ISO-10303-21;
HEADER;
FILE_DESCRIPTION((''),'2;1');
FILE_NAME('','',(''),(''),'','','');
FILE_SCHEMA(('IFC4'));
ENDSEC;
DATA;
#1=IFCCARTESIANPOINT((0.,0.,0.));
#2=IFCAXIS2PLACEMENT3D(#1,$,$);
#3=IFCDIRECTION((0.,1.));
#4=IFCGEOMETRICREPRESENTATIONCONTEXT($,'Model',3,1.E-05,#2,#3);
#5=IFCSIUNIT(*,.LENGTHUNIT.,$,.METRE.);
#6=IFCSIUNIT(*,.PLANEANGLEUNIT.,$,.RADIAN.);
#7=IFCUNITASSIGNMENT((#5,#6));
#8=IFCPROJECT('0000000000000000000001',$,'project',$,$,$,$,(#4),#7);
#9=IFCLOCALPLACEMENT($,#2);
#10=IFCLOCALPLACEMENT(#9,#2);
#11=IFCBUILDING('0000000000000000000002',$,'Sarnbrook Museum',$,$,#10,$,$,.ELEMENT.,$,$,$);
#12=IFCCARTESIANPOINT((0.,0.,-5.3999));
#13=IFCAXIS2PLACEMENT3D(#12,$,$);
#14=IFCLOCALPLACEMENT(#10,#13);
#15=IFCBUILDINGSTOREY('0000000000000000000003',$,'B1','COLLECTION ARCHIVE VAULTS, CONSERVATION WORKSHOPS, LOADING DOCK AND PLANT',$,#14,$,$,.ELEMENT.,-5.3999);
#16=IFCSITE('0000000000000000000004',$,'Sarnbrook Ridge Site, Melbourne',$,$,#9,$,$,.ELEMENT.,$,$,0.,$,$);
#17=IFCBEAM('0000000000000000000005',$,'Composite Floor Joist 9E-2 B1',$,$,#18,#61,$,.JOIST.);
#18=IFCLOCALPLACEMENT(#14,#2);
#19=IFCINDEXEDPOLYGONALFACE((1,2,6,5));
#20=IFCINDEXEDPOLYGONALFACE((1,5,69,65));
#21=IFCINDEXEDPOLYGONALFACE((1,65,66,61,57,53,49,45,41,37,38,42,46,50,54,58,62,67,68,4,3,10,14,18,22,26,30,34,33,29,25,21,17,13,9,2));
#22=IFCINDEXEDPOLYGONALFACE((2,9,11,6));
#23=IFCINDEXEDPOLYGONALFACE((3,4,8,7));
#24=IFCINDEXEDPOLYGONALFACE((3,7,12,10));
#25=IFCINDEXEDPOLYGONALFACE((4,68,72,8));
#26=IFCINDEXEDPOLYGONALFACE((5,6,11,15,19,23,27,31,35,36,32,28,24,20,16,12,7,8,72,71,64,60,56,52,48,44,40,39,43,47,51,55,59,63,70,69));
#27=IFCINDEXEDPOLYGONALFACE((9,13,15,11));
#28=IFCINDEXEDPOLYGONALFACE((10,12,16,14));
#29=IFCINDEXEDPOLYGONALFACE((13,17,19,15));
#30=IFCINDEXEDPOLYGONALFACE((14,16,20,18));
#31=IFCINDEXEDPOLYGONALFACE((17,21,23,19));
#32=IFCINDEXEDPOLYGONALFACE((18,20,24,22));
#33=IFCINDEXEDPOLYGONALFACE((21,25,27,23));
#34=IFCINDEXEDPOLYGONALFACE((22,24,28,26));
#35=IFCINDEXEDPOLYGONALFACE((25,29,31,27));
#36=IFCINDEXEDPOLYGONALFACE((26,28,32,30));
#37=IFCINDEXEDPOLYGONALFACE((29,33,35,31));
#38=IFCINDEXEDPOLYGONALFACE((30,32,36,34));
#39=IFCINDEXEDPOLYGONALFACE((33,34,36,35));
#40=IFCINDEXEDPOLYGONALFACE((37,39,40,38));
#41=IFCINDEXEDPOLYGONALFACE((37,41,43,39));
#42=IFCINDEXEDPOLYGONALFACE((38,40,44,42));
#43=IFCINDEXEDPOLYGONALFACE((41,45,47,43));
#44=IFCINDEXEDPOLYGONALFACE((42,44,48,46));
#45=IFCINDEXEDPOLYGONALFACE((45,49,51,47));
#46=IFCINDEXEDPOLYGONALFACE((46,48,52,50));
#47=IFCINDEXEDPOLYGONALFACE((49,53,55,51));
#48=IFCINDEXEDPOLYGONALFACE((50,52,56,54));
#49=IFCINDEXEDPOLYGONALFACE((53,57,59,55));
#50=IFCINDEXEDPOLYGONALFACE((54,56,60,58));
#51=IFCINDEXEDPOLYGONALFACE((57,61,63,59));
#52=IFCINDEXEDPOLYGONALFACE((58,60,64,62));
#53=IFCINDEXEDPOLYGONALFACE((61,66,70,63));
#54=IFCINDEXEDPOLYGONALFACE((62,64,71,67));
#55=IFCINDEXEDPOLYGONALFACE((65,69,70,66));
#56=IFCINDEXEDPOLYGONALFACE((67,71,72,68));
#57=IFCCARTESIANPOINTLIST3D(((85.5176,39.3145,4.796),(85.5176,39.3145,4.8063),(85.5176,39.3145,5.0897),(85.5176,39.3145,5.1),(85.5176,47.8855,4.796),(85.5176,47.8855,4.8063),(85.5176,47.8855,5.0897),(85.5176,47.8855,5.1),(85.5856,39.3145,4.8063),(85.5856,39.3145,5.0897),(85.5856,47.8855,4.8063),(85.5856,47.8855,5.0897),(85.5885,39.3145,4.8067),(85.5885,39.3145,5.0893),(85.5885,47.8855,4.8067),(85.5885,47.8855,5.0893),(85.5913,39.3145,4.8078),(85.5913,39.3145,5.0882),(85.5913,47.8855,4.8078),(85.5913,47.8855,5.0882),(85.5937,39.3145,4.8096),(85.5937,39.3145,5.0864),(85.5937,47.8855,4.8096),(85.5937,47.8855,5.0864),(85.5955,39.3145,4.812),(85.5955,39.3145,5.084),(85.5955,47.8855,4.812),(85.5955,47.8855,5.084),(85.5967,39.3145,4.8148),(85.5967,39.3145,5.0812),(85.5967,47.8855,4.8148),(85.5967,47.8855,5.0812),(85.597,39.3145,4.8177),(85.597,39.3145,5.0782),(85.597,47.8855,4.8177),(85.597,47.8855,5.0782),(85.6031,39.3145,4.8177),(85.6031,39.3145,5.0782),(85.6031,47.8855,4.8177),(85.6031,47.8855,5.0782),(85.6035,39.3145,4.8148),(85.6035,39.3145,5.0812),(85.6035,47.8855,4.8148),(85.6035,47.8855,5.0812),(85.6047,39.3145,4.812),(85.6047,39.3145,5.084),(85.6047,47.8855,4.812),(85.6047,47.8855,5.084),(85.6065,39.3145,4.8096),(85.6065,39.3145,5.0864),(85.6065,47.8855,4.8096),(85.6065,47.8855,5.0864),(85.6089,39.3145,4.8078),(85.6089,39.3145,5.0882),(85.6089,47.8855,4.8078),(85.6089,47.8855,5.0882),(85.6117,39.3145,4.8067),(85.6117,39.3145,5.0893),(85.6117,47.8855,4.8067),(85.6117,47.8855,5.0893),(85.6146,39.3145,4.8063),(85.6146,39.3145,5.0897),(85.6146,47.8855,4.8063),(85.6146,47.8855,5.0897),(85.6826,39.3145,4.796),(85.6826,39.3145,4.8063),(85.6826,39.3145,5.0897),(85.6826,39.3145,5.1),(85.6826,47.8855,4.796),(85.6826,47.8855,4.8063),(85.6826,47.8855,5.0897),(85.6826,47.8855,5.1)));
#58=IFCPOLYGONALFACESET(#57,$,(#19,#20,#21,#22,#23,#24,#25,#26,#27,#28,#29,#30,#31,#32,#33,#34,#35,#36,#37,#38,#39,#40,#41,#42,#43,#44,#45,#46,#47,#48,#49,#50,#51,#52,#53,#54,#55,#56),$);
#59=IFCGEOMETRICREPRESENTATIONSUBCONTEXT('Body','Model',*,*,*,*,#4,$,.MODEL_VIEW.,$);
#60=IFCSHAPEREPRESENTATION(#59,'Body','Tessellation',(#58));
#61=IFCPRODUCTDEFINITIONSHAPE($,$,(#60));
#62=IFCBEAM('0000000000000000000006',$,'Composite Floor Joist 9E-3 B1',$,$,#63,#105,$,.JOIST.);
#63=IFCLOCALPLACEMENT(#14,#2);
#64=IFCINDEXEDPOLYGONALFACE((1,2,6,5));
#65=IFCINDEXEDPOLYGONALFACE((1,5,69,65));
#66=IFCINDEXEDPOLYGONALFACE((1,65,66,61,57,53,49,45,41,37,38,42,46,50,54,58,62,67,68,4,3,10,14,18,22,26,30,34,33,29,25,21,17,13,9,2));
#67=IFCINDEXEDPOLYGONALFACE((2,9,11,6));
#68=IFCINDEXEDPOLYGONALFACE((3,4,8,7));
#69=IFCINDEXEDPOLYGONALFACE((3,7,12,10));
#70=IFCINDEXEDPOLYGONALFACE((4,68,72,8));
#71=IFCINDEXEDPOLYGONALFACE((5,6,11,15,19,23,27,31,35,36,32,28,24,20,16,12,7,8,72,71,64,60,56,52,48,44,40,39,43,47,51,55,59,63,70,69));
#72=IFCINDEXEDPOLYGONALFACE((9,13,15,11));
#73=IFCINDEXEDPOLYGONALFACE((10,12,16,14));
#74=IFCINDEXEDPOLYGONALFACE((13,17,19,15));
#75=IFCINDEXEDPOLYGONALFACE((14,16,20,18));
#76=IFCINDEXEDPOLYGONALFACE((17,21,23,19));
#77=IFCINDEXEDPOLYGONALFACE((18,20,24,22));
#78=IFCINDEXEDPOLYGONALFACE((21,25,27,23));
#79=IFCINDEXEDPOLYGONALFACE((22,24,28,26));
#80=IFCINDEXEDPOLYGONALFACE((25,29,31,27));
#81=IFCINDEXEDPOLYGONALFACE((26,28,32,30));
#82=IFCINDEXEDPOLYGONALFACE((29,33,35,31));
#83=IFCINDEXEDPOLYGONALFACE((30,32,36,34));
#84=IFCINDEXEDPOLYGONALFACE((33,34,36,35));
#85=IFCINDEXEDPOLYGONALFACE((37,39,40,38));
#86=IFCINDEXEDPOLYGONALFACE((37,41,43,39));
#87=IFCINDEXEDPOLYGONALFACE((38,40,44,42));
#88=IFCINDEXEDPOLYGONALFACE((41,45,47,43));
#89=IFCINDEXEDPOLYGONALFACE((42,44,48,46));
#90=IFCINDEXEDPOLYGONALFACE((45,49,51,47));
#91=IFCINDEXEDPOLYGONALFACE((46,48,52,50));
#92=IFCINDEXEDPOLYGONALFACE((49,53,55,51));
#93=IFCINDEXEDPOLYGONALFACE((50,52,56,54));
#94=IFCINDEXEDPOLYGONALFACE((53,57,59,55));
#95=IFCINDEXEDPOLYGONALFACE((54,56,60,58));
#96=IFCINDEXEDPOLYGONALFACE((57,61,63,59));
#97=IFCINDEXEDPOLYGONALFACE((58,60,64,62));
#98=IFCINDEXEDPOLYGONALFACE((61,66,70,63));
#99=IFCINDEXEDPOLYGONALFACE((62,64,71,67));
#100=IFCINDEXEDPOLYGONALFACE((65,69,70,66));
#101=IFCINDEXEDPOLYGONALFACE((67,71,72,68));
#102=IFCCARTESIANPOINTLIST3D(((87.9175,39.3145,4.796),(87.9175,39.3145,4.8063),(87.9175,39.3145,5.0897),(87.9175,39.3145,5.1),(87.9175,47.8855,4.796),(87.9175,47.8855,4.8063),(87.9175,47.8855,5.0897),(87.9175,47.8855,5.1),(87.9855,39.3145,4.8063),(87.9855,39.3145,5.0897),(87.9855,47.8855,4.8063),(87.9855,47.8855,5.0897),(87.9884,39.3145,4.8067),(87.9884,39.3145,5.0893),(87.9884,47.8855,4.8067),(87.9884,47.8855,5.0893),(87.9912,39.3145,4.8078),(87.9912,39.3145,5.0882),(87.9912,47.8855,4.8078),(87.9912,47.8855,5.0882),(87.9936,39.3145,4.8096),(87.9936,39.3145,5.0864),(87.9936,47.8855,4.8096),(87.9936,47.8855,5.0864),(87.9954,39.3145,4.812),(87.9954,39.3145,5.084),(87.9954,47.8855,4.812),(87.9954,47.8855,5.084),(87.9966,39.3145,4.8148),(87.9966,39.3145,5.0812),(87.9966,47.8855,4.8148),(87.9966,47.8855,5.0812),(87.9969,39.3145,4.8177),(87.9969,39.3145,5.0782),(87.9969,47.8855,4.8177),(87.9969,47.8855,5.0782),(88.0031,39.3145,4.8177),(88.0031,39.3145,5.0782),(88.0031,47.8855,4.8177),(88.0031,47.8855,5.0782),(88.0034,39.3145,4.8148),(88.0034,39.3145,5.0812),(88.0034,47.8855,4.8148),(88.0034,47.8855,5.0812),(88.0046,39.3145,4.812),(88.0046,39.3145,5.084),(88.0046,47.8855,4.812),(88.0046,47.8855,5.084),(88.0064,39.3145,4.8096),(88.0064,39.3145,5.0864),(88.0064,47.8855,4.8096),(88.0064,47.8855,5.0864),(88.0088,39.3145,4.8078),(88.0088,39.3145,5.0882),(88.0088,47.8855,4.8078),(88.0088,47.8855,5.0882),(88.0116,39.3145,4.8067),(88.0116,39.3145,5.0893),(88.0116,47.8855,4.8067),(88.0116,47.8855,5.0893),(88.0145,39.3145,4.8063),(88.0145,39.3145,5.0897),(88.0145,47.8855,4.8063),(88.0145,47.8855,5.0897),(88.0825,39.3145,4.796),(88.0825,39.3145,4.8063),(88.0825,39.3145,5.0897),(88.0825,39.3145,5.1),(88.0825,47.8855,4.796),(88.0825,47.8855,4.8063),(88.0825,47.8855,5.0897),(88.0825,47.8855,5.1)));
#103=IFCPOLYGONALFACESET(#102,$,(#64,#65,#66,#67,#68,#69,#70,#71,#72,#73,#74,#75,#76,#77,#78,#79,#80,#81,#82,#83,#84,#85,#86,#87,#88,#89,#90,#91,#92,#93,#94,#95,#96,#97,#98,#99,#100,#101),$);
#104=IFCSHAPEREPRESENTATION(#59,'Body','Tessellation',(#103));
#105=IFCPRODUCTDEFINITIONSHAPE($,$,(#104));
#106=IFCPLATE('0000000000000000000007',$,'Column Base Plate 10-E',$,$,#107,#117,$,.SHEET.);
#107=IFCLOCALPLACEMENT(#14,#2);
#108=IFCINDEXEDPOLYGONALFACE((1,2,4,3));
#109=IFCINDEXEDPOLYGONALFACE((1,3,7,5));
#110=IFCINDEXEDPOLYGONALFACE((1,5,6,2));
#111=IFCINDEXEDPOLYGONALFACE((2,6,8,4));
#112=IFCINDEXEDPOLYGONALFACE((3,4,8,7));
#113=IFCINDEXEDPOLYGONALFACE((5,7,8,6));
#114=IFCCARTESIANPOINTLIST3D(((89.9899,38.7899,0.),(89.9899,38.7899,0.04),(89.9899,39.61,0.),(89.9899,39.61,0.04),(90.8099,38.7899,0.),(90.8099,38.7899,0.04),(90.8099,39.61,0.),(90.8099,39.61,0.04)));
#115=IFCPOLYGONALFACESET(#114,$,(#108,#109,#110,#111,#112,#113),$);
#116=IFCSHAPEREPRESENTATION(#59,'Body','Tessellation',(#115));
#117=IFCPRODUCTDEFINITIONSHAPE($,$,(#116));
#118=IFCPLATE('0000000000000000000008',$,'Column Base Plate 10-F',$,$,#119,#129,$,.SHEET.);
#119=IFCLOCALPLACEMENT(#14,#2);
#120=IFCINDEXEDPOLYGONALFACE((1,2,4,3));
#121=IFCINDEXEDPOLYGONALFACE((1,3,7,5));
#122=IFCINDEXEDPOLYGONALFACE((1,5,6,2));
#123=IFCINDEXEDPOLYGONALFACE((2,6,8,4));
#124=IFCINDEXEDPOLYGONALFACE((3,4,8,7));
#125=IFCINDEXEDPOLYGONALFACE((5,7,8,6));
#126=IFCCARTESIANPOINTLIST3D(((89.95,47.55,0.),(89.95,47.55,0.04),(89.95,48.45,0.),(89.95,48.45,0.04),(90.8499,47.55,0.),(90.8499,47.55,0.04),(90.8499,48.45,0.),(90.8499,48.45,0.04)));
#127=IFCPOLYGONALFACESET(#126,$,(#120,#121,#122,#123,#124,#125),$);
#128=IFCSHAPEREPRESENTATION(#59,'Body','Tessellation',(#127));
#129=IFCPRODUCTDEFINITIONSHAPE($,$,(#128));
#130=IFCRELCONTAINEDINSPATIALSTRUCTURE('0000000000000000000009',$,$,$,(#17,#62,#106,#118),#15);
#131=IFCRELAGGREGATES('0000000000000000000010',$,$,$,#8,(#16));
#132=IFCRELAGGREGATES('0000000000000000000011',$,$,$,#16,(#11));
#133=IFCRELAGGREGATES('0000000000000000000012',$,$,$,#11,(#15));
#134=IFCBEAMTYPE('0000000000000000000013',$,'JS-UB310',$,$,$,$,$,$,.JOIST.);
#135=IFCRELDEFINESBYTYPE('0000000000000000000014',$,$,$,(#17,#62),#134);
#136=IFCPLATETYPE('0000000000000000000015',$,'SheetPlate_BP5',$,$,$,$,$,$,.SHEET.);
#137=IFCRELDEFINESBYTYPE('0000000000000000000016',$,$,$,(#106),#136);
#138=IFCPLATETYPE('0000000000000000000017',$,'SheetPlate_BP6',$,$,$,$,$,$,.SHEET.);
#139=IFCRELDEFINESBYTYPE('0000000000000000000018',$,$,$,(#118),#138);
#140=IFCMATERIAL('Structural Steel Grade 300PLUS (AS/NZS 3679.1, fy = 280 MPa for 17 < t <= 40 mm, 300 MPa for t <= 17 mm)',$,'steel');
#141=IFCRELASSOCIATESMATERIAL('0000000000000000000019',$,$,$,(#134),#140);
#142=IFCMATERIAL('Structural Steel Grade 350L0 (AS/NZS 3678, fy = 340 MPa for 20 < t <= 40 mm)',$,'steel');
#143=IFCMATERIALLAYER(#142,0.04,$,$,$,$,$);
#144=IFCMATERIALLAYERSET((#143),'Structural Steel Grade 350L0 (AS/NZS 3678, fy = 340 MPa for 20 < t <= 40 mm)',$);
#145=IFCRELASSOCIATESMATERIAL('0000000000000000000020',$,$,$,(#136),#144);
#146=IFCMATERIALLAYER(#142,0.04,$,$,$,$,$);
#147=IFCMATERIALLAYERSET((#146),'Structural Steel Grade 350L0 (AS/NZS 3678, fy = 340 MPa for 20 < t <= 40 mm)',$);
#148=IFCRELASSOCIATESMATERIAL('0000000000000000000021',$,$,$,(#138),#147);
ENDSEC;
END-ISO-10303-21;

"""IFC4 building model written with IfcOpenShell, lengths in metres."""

from ifc_helpers import new_model, si_unit, direction, frame, origin, origin_2d, place, context, subcontext, project, spatial, rectangle, i_section, extrude, material, layer, layer_set, material_profile, profile_set, type_object, element, save


model = new_model("IFC4")

# Units and contexts
model_context = context("Model", 3, precision=1e-05, world=origin(), true_north=direction((0.0, 1.0)))
body_context = subcontext(model_context, "Body", "Model", "MODEL_VIEW")
ifc_project = project(units=[si_unit("LENGTHUNIT", "METRE"), si_unit("PLANEANGLEUNIT", "RADIAN")], contexts=[model_context])

# Site, building, storey
site_placement = place(None, origin())
site = spatial("IfcSite", under=ifc_project, at=site_placement, Name="Sarnbrook Ridge Site, Melbourne", CompositionType="ELEMENT", RefElevation=0.0)
building_placement = place(site_placement, origin())
building = spatial("IfcBuilding", under=site, at=building_placement, Name="Sarnbrook Museum", CompositionType="ELEMENT")
storey_placement = place(building_placement, frame((0.0, 0.0, -5.3999)))
storey = spatial("IfcBuildingStorey", under=building, at=storey_placement, Name="B1", Description="COLLECTION ARCHIVE VAULTS, CONSERVATION WORKSHOPS, LOADING DOCK AND PLANT", CompositionType="ELEMENT", Elevation=-5.3999)

# Shared definitions
ifc_material_1 = material(Name="Structural Steel Grade 350L0 (AS/NZS 3678, fy = 340 MPa for 20 < t <= 40 mm)", Category="steel")

# Beams
ifc_material_2 = material(Name="Structural Steel Grade 300PLUS (AS/NZS 3679.1, fy = 280 MPa for 17 < t <= 40 mm, 300 MPa for t <= 17 mm)", Category="steel")
ifc_material_profile_1 = material_profile(ifc_material_2, i_section(OverallWidth=0.165, OverallDepth=0.304, WebThickness=0.0061, FlangeThickness=0.0103, FilletRadius=0.0115, at=origin_2d()), Name="310UB40.4")
ifc_profile_set_1 = profile_set([ifc_material_profile_1], Name="Structural Steel Grade 300PLUS (AS/NZS 3679.1, fy = 280 MPa for 17 < t <= 40 mm, 300 MPa for t <= 17 mm)")
beam_type_1 = type_object("IfcBeamType", Name="JS-UB310", PredefinedType="JOIST", material=ifc_profile_set_1)
for number, where, z_axis, x_axis, name in (
    (1, (85.6001, 39.3145, 4.948), (0.0, 1.0, 0.0), (-1.0, 0.0, 0.0), "Composite Floor Joist 9E-2 B1"),
    (2, (88.0, 39.3145, 4.948), (0.0, 1.0, 0.0), (-1.0, 0.0, 0.0), "Composite Floor Joist 9E-3 B1"),
):
    element("IfcBeam", number, at=place(storey_placement, frame(where, z_axis=z_axis, x_axis=x_axis)), inside=storey, type_object=beam_type_1, Name=name, PredefinedType="JOIST", context=body_context, shape_type="SweptSolid", body=[
        extrude(i_section(OverallWidth=0.165, OverallDepth=0.304, WebThickness=0.0061, FlangeThickness=0.0103, FilletRadius=0.0115, at=origin_2d()), origin(), (0.0, 0.0, 1.0), 8.571),
    ])

# Plates
ifc_layer_1 = layer(ifc_material_1, 0.04)
ifc_layer_set_1 = layer_set([ifc_layer_1], Name="Structural Steel Grade 350L0 (AS/NZS 3678, fy = 340 MPa for 20 < t <= 40 mm)")
plate_type_1 = type_object("IfcPlateType", Name="SheetPlate_BP5", PredefinedType="SHEET", material=ifc_layer_set_1)
plate_1_placement = place(storey_placement, frame((90.3999, 39.2, 0.0), z_axis=(0.0, 0.0, 1.0), x_axis=(1.0, 0.0, 0.0)))
element("IfcPlate", 3, at=plate_1_placement, inside=storey, type_object=plate_type_1, Name="Column Base Plate 10-E", PredefinedType="SHEET", context=body_context, shape_type="SweptSolid", body=[
    extrude(rectangle(XDim=0.8201, YDim=0.8201, at=origin_2d()), origin(), (0.0, 0.0, 1.0), 0.04),
])
ifc_layer_2 = layer(ifc_material_1, 0.04)
ifc_layer_set_2 = layer_set([ifc_layer_2], Name="Structural Steel Grade 350L0 (AS/NZS 3678, fy = 340 MPa for 20 < t <= 40 mm)")
plate_type_2 = type_object("IfcPlateType", Name="SheetPlate_BP6", PredefinedType="SHEET", material=ifc_layer_set_2)
plate_2_placement = place(storey_placement, frame((90.3999, 48.0, 0.0), z_axis=(0.0, 0.0, 1.0), x_axis=(1.0, 0.0, 0.0)))
element("IfcPlate", 4, at=plate_2_placement, inside=storey, type_object=plate_type_2, Name="Column Base Plate 10-F", PredefinedType="SHEET", context=body_context, shape_type="SweptSolid", body=[
    extrude(rectangle(XDim=0.8999, YDim=0.8999, at=origin_2d()), origin(), (0.0, 0.0, 1.0), 0.04),
])

save(model, "model.ifc")
